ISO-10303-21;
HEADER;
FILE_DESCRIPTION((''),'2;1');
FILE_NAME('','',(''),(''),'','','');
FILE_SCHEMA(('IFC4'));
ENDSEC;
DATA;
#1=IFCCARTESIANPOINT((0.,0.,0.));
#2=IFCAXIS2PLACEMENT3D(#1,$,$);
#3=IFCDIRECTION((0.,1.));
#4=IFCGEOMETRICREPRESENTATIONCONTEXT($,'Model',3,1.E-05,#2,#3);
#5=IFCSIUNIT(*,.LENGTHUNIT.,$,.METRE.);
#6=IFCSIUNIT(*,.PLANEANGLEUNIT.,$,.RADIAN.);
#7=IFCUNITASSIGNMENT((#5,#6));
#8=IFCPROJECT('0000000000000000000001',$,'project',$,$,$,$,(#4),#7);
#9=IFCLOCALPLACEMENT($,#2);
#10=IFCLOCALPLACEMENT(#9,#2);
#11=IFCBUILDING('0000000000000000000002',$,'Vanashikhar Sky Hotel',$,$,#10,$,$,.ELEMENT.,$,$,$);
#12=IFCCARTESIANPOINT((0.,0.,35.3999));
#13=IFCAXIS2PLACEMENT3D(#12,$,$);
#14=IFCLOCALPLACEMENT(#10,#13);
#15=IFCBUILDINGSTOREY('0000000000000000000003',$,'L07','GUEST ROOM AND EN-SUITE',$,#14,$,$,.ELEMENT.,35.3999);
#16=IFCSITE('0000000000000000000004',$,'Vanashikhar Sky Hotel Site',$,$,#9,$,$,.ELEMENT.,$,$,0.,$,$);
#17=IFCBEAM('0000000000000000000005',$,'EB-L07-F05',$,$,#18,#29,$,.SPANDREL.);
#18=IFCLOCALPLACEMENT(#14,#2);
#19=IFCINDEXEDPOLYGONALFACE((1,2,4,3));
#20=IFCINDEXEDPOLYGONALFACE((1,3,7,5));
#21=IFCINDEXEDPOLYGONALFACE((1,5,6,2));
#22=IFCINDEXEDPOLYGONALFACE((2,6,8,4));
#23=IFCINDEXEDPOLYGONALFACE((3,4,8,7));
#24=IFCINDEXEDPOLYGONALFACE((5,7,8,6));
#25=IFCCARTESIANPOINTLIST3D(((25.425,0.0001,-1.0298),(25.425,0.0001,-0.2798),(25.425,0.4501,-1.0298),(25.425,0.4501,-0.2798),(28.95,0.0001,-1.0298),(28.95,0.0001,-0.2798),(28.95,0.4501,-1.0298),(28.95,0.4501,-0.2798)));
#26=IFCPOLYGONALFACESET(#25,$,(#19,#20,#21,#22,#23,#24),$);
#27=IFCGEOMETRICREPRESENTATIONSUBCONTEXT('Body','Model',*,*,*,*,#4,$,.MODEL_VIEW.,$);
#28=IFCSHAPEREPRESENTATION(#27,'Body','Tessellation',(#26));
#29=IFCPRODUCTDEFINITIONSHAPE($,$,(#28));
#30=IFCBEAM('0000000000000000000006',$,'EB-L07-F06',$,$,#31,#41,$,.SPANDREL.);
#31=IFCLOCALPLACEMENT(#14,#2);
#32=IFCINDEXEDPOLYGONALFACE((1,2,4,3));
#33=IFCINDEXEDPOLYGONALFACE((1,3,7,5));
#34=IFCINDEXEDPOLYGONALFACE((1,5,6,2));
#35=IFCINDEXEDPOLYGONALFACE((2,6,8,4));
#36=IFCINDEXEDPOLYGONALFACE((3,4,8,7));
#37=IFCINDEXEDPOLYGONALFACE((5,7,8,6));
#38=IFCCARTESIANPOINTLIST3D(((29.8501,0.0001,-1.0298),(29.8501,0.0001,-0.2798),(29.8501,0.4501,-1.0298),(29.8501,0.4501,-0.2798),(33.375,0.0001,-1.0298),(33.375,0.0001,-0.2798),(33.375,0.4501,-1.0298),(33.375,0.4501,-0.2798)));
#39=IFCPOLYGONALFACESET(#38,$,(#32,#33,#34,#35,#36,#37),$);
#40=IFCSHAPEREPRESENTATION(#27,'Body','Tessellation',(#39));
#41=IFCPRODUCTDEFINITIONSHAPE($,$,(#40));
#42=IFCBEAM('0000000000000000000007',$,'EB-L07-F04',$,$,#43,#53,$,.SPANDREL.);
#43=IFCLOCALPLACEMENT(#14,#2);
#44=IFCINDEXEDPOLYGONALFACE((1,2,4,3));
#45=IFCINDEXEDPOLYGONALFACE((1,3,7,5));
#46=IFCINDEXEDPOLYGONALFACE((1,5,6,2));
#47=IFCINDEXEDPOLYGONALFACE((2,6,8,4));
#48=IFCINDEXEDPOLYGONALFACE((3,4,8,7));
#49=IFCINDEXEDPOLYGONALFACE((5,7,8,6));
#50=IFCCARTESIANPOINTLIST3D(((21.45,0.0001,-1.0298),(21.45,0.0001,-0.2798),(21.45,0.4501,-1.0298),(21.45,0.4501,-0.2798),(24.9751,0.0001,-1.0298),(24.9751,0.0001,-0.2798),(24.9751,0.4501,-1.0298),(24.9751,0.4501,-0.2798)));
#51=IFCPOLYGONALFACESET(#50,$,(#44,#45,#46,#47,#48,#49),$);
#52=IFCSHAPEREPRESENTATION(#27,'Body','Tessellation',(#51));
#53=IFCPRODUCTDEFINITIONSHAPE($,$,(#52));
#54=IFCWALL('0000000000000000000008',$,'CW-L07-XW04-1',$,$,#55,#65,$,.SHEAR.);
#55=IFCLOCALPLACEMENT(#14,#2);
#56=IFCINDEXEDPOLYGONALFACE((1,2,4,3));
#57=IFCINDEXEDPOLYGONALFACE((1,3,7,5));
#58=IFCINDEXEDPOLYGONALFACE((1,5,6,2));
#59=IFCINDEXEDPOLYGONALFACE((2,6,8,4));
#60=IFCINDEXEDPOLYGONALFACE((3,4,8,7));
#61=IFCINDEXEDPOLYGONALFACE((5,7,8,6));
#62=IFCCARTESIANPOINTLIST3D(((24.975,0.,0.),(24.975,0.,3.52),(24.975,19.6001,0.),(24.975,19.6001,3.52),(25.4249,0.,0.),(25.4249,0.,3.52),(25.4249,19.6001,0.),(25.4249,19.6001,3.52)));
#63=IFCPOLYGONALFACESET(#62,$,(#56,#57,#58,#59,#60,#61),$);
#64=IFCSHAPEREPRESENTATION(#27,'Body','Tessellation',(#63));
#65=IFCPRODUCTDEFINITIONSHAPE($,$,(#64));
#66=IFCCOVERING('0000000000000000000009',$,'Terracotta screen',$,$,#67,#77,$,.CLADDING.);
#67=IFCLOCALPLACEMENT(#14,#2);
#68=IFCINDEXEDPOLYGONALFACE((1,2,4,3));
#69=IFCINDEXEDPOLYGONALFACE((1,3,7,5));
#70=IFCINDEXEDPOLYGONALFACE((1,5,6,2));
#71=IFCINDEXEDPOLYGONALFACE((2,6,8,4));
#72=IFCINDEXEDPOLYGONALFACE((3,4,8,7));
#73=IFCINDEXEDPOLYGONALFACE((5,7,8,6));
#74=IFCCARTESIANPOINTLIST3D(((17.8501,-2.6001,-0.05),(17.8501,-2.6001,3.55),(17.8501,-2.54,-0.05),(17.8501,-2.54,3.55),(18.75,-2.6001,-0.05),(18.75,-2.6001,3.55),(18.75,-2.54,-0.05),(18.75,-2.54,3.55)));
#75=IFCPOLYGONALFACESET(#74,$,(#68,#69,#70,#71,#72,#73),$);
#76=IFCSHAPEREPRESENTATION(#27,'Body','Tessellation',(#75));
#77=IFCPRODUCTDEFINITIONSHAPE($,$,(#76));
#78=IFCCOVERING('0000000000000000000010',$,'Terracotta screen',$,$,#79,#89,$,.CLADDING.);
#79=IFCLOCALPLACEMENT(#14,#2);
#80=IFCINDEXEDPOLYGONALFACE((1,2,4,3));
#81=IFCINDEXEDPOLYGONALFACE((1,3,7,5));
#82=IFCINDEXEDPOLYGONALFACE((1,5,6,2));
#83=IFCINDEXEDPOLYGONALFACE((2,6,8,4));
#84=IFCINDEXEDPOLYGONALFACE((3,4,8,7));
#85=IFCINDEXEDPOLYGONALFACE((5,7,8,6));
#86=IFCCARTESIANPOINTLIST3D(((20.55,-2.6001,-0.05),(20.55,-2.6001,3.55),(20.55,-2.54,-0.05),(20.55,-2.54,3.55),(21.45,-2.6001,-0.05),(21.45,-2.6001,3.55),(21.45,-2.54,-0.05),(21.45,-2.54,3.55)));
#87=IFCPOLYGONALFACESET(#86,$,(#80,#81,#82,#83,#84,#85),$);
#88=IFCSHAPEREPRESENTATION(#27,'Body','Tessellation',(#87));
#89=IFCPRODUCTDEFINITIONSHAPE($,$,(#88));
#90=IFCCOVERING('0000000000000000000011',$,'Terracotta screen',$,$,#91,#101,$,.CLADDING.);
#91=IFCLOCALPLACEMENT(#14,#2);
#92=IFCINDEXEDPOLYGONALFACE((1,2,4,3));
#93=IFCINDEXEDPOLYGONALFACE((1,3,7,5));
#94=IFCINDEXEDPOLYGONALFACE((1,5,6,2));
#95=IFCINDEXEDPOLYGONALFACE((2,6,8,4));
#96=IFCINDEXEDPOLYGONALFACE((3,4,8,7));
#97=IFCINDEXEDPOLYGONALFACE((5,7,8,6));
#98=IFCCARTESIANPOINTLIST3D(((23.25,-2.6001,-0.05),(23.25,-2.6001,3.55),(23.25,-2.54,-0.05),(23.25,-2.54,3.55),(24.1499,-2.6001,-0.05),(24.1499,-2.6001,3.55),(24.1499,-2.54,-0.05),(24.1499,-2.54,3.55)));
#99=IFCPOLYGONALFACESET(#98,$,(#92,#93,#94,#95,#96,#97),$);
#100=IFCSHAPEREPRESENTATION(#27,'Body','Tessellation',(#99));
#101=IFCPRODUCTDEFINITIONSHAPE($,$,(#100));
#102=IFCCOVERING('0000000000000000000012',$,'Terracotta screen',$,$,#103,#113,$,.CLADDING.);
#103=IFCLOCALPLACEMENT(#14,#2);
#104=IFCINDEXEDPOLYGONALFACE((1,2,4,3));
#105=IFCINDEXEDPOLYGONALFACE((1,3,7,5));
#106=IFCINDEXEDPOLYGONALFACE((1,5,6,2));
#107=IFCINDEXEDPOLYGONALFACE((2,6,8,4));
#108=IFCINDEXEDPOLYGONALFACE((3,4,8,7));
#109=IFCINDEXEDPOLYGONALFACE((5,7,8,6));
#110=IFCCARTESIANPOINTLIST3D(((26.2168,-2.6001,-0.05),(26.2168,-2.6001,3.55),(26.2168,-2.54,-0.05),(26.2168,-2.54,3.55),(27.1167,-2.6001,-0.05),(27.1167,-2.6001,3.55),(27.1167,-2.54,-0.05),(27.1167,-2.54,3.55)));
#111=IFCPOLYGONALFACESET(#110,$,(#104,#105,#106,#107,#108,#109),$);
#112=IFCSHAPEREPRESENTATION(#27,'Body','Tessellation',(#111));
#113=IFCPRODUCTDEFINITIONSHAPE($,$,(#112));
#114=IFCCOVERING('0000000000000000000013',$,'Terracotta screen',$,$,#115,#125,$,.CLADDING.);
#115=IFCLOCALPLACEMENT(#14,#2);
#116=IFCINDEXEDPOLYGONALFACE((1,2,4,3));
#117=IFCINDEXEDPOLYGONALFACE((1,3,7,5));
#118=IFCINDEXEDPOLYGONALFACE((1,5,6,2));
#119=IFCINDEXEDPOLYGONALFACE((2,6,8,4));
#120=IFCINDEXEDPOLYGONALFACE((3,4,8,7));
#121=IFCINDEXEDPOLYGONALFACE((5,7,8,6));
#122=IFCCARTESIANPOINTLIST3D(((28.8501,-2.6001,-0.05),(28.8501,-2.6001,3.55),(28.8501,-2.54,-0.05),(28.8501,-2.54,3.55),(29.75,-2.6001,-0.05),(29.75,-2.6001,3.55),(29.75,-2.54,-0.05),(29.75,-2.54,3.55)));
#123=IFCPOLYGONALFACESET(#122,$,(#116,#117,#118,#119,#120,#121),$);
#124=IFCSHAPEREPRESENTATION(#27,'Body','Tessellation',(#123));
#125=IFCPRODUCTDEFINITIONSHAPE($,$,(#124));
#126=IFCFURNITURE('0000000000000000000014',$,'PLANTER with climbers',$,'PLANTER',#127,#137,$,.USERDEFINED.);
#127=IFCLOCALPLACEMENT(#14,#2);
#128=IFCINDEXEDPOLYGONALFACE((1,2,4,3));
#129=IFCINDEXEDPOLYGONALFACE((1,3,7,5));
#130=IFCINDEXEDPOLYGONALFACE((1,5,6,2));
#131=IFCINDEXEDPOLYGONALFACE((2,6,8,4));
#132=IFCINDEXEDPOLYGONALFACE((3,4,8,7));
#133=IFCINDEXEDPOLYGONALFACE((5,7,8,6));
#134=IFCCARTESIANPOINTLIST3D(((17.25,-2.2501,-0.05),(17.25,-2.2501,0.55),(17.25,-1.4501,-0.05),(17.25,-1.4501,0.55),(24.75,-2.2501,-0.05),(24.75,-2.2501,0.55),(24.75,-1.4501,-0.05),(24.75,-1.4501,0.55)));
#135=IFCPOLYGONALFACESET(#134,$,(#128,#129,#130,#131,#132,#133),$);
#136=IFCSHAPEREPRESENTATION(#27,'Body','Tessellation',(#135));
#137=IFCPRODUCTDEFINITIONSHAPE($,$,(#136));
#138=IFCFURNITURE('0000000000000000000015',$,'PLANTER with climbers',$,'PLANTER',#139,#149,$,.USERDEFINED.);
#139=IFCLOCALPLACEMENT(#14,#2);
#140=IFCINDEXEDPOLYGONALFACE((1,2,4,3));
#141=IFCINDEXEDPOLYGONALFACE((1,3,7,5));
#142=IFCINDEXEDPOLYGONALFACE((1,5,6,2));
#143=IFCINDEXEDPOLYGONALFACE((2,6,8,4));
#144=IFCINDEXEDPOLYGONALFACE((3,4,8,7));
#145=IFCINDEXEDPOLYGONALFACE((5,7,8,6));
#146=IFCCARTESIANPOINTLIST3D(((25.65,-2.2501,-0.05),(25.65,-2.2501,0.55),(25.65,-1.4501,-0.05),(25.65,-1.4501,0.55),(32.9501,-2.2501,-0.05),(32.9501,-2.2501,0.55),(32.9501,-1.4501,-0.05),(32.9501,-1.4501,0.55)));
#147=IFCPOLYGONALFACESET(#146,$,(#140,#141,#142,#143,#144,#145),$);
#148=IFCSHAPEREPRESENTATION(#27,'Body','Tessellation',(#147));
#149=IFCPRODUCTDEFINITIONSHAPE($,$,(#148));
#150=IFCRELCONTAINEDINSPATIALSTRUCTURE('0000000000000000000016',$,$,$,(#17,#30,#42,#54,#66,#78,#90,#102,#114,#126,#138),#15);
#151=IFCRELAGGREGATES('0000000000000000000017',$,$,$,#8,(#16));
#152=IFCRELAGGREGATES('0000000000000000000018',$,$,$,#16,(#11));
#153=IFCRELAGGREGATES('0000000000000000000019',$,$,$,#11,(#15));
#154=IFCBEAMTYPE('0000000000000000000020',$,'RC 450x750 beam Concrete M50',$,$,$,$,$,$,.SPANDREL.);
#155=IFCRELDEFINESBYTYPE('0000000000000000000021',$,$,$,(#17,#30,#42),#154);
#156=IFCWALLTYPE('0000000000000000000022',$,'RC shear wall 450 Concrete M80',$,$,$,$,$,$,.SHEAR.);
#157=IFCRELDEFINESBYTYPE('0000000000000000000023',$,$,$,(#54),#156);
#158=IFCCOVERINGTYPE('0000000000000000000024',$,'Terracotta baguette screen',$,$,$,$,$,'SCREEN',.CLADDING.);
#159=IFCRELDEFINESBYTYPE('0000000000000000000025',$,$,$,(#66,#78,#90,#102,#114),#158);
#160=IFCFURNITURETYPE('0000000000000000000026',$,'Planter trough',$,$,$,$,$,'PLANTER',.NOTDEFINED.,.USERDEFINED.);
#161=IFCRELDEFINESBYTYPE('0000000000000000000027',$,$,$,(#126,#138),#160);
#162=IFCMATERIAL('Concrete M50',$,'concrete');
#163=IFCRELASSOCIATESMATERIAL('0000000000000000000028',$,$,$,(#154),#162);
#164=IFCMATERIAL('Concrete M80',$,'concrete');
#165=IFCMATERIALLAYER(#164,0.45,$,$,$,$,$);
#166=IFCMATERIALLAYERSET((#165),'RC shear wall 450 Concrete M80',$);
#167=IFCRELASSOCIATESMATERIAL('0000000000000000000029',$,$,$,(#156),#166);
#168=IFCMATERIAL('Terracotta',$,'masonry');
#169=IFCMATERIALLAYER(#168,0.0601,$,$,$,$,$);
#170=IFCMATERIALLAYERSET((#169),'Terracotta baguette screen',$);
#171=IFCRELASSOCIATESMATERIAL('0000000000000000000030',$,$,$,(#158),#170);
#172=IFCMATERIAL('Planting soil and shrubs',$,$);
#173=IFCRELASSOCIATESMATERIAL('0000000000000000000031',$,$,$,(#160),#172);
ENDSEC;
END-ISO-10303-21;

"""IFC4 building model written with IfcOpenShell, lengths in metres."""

from ifc_helpers import new_model, si_unit, direction, frame, frame_2d, origin, origin_2d, place, context, subcontext, project, spatial, rectangle, extrude, source, transform, mapped, material, layer, layer_set, material_profile, profile_set, type_object, element, save


model = new_model("IFC4")

# Units and contexts
model_context = context("Model", 3, precision=1e-05, world=origin(), true_north=direction((0.0, 1.0)))
body_context = subcontext(model_context, "Body", "Model", "MODEL_VIEW")
ifc_project = project(units=[si_unit("LENGTHUNIT", "METRE"), si_unit("PLANEANGLEUNIT", "RADIAN")], contexts=[model_context])

# Site, building, storey
site_placement = place(None, origin())
site = spatial("IfcSite", under=ifc_project, at=site_placement, Name="Vanashikhar Sky Hotel Site", CompositionType="ELEMENT", RefElevation=0.0)
building_placement = place(site_placement, origin())
building = spatial("IfcBuilding", under=site, at=building_placement, Name="Vanashikhar Sky Hotel", CompositionType="ELEMENT")
storey_placement = place(building_placement, frame((0.0, 0.0, 35.3999)))
storey = spatial("IfcBuildingStorey", under=building, at=storey_placement, Name="L07", Description="GUEST ROOM AND EN-SUITE", CompositionType="ELEMENT", Elevation=35.3999)

# Beams
ifc_material_1 = material(Name="Concrete M50", Category="concrete")
ifc_material_profile = material_profile(ifc_material_1, rectangle(XDim=0.45, YDim=0.75, at=origin_2d()))
ifc_profile_set = profile_set([ifc_material_profile], Name="RC 450x750 beam Concrete M50")
beam_type = type_object("IfcBeamType", Name="RC 450x750 beam Concrete M50", PredefinedType="SPANDREL", material=ifc_profile_set)
shared_shape_1 = source(origin(), body_context, "Body", "SweptSolid", [
    extrude(rectangle(XDim=0.45, YDim=0.75, at=origin_2d()), origin(), (0.0, 0.0, 1.0), 3.5249),
])
for number, where, z_axis, x_axis, name in (
    (1, (25.425, 0.2251, -0.6548), (1.0, 0.0, 0.0), (0.0, 1.0, 0.0), "EB-L07-F05"),
    (2, (29.8501, 0.2251, -0.6548), (1.0, 0.0, 0.0), (0.0, 1.0, 0.0), "EB-L07-F06"),
):
    element("IfcBeam", number, at=place(storey_placement, frame(where, z_axis=z_axis, x_axis=x_axis)), inside=storey, type_object=beam_type, Name=name, PredefinedType="SPANDREL", context=body_context, shape_type="MappedRepresentation", body=[
        mapped(shared_shape_1, transform((0.0, 0.0, 0.0), scale=1.0)),
    ])
shared_shape_2 = source(origin(), body_context, "Body", "SweptSolid", [
    extrude(rectangle(XDim=0.45, YDim=0.75, at=origin_2d()), origin(), (0.0, 0.0, 1.0), 3.5251),
])
beam_placement = place(storey_placement, frame((21.45, 0.2251, -0.6548), z_axis=(1.0, 0.0, 0.0), x_axis=(0.0, 1.0, 0.0)))
element("IfcBeam", 3, at=beam_placement, inside=storey, type_object=beam_type, Name="EB-L07-F04", PredefinedType="SPANDREL", context=body_context, shape_type="MappedRepresentation", body=[
    mapped(shared_shape_2, transform((0.0, 0.0, 0.0), scale=1.0)),
])

# Wall
ifc_material_2 = material(Name="Concrete M80", Category="concrete")
ifc_layer_1 = layer(ifc_material_2, 0.45)
ifc_layer_set_1 = layer_set([ifc_layer_1], Name="RC shear wall 450 Concrete M80")
wall_type_1 = type_object("IfcWallType", Name="RC shear wall 450 Concrete M80", PredefinedType="SHEAR", material=ifc_layer_set_1)
shared_shape_3 = source(origin(), body_context, "Body", "SweptSolid", [
    extrude(rectangle(XDim=19.6001, YDim=0.45, at=frame_2d((9.8, 0.0))), origin(), (0.0, 0.0, 1.0), 3.52),
])
wall_1_placement = place(storey_placement, frame((25.2, 0.0, 0.0), z_axis=(0.0, 0.0, 1.0), x_axis=(0.0, 1.0, 0.0)))
element("IfcWall", 4, at=wall_1_placement, inside=storey, type_object=wall_type_1, Name="CW-L07-XW04-1", PredefinedType="SHEAR", context=body_context, shape_type="MappedRepresentation", body=[
    mapped(shared_shape_3, transform((0.0, 0.0, 0.0), scale=1.0)),
])

# Coverings
ifc_material_3 = material(Name="Terracotta", Category="masonry")
ifc_layer_2 = layer(ifc_material_3, 0.0601)
ifc_layer_set_2 = layer_set([ifc_layer_2], Name="Terracotta baguette screen")
covering_type = type_object("IfcCoveringType", Name="Terracotta baguette screen", ElementType="SCREEN", PredefinedType="CLADDING", material=ifc_layer_set_2)
shared_shape_4 = source(origin(), body_context, "Body", "SweptSolid", [
    extrude(rectangle(XDim=0.8999, YDim=0.0601, at=origin_2d()), origin(), (0.0, 0.0, 1.0), 3.6001),
])
for number, where, z_axis, x_axis, name in (
    (5, (18.3, -2.5701, -0.05), (0.0, 0.0, 1.0), (1.0, 0.0, 0.0), "Terracotta screen"),
    (6, (21.0, -2.5701, -0.05), (0.0, 0.0, 1.0), (1.0, 0.0, 0.0), "Terracotta screen"),
    (7, (23.7, -2.5701, -0.05), (0.0, 0.0, 1.0), (1.0, 0.0, 0.0), "Terracotta screen"),
    (8, (26.6667, -2.5701, -0.05), (0.0, 0.0, 1.0), (1.0, 0.0, 0.0), "Terracotta screen"),
    (9, (29.3, -2.5701, -0.05), (0.0, 0.0, 1.0), (1.0, 0.0, 0.0), "Terracotta screen"),
):
    element("IfcCovering", number, at=place(storey_placement, frame(where, z_axis=z_axis, x_axis=x_axis)), inside=storey, type_object=covering_type, Name=name, PredefinedType="CLADDING", context=body_context, shape_type="MappedRepresentation", body=[
        mapped(shared_shape_4, transform((0.0, 0.0, 0.0), scale=1.0)),
    ])

# Furniture
ifc_material_4 = material(Name="Planting soil and shrubs")
furniture_type = type_object("IfcFurnitureType", Name="Planter trough", ElementType="PLANTER", AssemblyPlace="NOTDEFINED", PredefinedType="USERDEFINED", material=ifc_material_4)
shared_shape_5 = source(origin(), body_context, "Body", "SweptSolid", [
    extrude(rectangle(XDim=7.5, YDim=0.8, at=origin_2d()), origin(), (0.0, 0.0, 1.0), 0.6001),
])
furniture_1_placement = place(storey_placement, frame((21.0, -1.8501, -0.05), z_axis=(0.0, 0.0, 1.0), x_axis=(1.0, 0.0, 0.0)))
element("IfcFurniture", 10, at=furniture_1_placement, inside=storey, type_object=furniture_type, Name="PLANTER with climbers", ObjectType="PLANTER", PredefinedType="USERDEFINED", context=body_context, shape_type="MappedRepresentation", body=[
    mapped(shared_shape_5, transform((0.0, 0.0, 0.0), scale=1.0)),
])
shared_shape_6 = source(origin(), body_context, "Body", "SweptSolid", [
    extrude(rectangle(XDim=7.3, YDim=0.8, at=origin_2d()), origin(), (0.0, 0.0, 1.0), 0.6001),
])
furniture_2_placement = place(storey_placement, frame((29.3, -1.8501, -0.05), z_axis=(0.0, 0.0, 1.0), x_axis=(1.0, 0.0, 0.0)))
element("IfcFurniture", 11, at=furniture_2_placement, inside=storey, type_object=furniture_type, Name="PLANTER with climbers", ObjectType="PLANTER", PredefinedType="USERDEFINED", context=body_context, shape_type="MappedRepresentation", body=[
    mapped(shared_shape_6, transform((0.0, 0.0, 0.0), scale=1.0)),
])

save(model, "model.ifc")
